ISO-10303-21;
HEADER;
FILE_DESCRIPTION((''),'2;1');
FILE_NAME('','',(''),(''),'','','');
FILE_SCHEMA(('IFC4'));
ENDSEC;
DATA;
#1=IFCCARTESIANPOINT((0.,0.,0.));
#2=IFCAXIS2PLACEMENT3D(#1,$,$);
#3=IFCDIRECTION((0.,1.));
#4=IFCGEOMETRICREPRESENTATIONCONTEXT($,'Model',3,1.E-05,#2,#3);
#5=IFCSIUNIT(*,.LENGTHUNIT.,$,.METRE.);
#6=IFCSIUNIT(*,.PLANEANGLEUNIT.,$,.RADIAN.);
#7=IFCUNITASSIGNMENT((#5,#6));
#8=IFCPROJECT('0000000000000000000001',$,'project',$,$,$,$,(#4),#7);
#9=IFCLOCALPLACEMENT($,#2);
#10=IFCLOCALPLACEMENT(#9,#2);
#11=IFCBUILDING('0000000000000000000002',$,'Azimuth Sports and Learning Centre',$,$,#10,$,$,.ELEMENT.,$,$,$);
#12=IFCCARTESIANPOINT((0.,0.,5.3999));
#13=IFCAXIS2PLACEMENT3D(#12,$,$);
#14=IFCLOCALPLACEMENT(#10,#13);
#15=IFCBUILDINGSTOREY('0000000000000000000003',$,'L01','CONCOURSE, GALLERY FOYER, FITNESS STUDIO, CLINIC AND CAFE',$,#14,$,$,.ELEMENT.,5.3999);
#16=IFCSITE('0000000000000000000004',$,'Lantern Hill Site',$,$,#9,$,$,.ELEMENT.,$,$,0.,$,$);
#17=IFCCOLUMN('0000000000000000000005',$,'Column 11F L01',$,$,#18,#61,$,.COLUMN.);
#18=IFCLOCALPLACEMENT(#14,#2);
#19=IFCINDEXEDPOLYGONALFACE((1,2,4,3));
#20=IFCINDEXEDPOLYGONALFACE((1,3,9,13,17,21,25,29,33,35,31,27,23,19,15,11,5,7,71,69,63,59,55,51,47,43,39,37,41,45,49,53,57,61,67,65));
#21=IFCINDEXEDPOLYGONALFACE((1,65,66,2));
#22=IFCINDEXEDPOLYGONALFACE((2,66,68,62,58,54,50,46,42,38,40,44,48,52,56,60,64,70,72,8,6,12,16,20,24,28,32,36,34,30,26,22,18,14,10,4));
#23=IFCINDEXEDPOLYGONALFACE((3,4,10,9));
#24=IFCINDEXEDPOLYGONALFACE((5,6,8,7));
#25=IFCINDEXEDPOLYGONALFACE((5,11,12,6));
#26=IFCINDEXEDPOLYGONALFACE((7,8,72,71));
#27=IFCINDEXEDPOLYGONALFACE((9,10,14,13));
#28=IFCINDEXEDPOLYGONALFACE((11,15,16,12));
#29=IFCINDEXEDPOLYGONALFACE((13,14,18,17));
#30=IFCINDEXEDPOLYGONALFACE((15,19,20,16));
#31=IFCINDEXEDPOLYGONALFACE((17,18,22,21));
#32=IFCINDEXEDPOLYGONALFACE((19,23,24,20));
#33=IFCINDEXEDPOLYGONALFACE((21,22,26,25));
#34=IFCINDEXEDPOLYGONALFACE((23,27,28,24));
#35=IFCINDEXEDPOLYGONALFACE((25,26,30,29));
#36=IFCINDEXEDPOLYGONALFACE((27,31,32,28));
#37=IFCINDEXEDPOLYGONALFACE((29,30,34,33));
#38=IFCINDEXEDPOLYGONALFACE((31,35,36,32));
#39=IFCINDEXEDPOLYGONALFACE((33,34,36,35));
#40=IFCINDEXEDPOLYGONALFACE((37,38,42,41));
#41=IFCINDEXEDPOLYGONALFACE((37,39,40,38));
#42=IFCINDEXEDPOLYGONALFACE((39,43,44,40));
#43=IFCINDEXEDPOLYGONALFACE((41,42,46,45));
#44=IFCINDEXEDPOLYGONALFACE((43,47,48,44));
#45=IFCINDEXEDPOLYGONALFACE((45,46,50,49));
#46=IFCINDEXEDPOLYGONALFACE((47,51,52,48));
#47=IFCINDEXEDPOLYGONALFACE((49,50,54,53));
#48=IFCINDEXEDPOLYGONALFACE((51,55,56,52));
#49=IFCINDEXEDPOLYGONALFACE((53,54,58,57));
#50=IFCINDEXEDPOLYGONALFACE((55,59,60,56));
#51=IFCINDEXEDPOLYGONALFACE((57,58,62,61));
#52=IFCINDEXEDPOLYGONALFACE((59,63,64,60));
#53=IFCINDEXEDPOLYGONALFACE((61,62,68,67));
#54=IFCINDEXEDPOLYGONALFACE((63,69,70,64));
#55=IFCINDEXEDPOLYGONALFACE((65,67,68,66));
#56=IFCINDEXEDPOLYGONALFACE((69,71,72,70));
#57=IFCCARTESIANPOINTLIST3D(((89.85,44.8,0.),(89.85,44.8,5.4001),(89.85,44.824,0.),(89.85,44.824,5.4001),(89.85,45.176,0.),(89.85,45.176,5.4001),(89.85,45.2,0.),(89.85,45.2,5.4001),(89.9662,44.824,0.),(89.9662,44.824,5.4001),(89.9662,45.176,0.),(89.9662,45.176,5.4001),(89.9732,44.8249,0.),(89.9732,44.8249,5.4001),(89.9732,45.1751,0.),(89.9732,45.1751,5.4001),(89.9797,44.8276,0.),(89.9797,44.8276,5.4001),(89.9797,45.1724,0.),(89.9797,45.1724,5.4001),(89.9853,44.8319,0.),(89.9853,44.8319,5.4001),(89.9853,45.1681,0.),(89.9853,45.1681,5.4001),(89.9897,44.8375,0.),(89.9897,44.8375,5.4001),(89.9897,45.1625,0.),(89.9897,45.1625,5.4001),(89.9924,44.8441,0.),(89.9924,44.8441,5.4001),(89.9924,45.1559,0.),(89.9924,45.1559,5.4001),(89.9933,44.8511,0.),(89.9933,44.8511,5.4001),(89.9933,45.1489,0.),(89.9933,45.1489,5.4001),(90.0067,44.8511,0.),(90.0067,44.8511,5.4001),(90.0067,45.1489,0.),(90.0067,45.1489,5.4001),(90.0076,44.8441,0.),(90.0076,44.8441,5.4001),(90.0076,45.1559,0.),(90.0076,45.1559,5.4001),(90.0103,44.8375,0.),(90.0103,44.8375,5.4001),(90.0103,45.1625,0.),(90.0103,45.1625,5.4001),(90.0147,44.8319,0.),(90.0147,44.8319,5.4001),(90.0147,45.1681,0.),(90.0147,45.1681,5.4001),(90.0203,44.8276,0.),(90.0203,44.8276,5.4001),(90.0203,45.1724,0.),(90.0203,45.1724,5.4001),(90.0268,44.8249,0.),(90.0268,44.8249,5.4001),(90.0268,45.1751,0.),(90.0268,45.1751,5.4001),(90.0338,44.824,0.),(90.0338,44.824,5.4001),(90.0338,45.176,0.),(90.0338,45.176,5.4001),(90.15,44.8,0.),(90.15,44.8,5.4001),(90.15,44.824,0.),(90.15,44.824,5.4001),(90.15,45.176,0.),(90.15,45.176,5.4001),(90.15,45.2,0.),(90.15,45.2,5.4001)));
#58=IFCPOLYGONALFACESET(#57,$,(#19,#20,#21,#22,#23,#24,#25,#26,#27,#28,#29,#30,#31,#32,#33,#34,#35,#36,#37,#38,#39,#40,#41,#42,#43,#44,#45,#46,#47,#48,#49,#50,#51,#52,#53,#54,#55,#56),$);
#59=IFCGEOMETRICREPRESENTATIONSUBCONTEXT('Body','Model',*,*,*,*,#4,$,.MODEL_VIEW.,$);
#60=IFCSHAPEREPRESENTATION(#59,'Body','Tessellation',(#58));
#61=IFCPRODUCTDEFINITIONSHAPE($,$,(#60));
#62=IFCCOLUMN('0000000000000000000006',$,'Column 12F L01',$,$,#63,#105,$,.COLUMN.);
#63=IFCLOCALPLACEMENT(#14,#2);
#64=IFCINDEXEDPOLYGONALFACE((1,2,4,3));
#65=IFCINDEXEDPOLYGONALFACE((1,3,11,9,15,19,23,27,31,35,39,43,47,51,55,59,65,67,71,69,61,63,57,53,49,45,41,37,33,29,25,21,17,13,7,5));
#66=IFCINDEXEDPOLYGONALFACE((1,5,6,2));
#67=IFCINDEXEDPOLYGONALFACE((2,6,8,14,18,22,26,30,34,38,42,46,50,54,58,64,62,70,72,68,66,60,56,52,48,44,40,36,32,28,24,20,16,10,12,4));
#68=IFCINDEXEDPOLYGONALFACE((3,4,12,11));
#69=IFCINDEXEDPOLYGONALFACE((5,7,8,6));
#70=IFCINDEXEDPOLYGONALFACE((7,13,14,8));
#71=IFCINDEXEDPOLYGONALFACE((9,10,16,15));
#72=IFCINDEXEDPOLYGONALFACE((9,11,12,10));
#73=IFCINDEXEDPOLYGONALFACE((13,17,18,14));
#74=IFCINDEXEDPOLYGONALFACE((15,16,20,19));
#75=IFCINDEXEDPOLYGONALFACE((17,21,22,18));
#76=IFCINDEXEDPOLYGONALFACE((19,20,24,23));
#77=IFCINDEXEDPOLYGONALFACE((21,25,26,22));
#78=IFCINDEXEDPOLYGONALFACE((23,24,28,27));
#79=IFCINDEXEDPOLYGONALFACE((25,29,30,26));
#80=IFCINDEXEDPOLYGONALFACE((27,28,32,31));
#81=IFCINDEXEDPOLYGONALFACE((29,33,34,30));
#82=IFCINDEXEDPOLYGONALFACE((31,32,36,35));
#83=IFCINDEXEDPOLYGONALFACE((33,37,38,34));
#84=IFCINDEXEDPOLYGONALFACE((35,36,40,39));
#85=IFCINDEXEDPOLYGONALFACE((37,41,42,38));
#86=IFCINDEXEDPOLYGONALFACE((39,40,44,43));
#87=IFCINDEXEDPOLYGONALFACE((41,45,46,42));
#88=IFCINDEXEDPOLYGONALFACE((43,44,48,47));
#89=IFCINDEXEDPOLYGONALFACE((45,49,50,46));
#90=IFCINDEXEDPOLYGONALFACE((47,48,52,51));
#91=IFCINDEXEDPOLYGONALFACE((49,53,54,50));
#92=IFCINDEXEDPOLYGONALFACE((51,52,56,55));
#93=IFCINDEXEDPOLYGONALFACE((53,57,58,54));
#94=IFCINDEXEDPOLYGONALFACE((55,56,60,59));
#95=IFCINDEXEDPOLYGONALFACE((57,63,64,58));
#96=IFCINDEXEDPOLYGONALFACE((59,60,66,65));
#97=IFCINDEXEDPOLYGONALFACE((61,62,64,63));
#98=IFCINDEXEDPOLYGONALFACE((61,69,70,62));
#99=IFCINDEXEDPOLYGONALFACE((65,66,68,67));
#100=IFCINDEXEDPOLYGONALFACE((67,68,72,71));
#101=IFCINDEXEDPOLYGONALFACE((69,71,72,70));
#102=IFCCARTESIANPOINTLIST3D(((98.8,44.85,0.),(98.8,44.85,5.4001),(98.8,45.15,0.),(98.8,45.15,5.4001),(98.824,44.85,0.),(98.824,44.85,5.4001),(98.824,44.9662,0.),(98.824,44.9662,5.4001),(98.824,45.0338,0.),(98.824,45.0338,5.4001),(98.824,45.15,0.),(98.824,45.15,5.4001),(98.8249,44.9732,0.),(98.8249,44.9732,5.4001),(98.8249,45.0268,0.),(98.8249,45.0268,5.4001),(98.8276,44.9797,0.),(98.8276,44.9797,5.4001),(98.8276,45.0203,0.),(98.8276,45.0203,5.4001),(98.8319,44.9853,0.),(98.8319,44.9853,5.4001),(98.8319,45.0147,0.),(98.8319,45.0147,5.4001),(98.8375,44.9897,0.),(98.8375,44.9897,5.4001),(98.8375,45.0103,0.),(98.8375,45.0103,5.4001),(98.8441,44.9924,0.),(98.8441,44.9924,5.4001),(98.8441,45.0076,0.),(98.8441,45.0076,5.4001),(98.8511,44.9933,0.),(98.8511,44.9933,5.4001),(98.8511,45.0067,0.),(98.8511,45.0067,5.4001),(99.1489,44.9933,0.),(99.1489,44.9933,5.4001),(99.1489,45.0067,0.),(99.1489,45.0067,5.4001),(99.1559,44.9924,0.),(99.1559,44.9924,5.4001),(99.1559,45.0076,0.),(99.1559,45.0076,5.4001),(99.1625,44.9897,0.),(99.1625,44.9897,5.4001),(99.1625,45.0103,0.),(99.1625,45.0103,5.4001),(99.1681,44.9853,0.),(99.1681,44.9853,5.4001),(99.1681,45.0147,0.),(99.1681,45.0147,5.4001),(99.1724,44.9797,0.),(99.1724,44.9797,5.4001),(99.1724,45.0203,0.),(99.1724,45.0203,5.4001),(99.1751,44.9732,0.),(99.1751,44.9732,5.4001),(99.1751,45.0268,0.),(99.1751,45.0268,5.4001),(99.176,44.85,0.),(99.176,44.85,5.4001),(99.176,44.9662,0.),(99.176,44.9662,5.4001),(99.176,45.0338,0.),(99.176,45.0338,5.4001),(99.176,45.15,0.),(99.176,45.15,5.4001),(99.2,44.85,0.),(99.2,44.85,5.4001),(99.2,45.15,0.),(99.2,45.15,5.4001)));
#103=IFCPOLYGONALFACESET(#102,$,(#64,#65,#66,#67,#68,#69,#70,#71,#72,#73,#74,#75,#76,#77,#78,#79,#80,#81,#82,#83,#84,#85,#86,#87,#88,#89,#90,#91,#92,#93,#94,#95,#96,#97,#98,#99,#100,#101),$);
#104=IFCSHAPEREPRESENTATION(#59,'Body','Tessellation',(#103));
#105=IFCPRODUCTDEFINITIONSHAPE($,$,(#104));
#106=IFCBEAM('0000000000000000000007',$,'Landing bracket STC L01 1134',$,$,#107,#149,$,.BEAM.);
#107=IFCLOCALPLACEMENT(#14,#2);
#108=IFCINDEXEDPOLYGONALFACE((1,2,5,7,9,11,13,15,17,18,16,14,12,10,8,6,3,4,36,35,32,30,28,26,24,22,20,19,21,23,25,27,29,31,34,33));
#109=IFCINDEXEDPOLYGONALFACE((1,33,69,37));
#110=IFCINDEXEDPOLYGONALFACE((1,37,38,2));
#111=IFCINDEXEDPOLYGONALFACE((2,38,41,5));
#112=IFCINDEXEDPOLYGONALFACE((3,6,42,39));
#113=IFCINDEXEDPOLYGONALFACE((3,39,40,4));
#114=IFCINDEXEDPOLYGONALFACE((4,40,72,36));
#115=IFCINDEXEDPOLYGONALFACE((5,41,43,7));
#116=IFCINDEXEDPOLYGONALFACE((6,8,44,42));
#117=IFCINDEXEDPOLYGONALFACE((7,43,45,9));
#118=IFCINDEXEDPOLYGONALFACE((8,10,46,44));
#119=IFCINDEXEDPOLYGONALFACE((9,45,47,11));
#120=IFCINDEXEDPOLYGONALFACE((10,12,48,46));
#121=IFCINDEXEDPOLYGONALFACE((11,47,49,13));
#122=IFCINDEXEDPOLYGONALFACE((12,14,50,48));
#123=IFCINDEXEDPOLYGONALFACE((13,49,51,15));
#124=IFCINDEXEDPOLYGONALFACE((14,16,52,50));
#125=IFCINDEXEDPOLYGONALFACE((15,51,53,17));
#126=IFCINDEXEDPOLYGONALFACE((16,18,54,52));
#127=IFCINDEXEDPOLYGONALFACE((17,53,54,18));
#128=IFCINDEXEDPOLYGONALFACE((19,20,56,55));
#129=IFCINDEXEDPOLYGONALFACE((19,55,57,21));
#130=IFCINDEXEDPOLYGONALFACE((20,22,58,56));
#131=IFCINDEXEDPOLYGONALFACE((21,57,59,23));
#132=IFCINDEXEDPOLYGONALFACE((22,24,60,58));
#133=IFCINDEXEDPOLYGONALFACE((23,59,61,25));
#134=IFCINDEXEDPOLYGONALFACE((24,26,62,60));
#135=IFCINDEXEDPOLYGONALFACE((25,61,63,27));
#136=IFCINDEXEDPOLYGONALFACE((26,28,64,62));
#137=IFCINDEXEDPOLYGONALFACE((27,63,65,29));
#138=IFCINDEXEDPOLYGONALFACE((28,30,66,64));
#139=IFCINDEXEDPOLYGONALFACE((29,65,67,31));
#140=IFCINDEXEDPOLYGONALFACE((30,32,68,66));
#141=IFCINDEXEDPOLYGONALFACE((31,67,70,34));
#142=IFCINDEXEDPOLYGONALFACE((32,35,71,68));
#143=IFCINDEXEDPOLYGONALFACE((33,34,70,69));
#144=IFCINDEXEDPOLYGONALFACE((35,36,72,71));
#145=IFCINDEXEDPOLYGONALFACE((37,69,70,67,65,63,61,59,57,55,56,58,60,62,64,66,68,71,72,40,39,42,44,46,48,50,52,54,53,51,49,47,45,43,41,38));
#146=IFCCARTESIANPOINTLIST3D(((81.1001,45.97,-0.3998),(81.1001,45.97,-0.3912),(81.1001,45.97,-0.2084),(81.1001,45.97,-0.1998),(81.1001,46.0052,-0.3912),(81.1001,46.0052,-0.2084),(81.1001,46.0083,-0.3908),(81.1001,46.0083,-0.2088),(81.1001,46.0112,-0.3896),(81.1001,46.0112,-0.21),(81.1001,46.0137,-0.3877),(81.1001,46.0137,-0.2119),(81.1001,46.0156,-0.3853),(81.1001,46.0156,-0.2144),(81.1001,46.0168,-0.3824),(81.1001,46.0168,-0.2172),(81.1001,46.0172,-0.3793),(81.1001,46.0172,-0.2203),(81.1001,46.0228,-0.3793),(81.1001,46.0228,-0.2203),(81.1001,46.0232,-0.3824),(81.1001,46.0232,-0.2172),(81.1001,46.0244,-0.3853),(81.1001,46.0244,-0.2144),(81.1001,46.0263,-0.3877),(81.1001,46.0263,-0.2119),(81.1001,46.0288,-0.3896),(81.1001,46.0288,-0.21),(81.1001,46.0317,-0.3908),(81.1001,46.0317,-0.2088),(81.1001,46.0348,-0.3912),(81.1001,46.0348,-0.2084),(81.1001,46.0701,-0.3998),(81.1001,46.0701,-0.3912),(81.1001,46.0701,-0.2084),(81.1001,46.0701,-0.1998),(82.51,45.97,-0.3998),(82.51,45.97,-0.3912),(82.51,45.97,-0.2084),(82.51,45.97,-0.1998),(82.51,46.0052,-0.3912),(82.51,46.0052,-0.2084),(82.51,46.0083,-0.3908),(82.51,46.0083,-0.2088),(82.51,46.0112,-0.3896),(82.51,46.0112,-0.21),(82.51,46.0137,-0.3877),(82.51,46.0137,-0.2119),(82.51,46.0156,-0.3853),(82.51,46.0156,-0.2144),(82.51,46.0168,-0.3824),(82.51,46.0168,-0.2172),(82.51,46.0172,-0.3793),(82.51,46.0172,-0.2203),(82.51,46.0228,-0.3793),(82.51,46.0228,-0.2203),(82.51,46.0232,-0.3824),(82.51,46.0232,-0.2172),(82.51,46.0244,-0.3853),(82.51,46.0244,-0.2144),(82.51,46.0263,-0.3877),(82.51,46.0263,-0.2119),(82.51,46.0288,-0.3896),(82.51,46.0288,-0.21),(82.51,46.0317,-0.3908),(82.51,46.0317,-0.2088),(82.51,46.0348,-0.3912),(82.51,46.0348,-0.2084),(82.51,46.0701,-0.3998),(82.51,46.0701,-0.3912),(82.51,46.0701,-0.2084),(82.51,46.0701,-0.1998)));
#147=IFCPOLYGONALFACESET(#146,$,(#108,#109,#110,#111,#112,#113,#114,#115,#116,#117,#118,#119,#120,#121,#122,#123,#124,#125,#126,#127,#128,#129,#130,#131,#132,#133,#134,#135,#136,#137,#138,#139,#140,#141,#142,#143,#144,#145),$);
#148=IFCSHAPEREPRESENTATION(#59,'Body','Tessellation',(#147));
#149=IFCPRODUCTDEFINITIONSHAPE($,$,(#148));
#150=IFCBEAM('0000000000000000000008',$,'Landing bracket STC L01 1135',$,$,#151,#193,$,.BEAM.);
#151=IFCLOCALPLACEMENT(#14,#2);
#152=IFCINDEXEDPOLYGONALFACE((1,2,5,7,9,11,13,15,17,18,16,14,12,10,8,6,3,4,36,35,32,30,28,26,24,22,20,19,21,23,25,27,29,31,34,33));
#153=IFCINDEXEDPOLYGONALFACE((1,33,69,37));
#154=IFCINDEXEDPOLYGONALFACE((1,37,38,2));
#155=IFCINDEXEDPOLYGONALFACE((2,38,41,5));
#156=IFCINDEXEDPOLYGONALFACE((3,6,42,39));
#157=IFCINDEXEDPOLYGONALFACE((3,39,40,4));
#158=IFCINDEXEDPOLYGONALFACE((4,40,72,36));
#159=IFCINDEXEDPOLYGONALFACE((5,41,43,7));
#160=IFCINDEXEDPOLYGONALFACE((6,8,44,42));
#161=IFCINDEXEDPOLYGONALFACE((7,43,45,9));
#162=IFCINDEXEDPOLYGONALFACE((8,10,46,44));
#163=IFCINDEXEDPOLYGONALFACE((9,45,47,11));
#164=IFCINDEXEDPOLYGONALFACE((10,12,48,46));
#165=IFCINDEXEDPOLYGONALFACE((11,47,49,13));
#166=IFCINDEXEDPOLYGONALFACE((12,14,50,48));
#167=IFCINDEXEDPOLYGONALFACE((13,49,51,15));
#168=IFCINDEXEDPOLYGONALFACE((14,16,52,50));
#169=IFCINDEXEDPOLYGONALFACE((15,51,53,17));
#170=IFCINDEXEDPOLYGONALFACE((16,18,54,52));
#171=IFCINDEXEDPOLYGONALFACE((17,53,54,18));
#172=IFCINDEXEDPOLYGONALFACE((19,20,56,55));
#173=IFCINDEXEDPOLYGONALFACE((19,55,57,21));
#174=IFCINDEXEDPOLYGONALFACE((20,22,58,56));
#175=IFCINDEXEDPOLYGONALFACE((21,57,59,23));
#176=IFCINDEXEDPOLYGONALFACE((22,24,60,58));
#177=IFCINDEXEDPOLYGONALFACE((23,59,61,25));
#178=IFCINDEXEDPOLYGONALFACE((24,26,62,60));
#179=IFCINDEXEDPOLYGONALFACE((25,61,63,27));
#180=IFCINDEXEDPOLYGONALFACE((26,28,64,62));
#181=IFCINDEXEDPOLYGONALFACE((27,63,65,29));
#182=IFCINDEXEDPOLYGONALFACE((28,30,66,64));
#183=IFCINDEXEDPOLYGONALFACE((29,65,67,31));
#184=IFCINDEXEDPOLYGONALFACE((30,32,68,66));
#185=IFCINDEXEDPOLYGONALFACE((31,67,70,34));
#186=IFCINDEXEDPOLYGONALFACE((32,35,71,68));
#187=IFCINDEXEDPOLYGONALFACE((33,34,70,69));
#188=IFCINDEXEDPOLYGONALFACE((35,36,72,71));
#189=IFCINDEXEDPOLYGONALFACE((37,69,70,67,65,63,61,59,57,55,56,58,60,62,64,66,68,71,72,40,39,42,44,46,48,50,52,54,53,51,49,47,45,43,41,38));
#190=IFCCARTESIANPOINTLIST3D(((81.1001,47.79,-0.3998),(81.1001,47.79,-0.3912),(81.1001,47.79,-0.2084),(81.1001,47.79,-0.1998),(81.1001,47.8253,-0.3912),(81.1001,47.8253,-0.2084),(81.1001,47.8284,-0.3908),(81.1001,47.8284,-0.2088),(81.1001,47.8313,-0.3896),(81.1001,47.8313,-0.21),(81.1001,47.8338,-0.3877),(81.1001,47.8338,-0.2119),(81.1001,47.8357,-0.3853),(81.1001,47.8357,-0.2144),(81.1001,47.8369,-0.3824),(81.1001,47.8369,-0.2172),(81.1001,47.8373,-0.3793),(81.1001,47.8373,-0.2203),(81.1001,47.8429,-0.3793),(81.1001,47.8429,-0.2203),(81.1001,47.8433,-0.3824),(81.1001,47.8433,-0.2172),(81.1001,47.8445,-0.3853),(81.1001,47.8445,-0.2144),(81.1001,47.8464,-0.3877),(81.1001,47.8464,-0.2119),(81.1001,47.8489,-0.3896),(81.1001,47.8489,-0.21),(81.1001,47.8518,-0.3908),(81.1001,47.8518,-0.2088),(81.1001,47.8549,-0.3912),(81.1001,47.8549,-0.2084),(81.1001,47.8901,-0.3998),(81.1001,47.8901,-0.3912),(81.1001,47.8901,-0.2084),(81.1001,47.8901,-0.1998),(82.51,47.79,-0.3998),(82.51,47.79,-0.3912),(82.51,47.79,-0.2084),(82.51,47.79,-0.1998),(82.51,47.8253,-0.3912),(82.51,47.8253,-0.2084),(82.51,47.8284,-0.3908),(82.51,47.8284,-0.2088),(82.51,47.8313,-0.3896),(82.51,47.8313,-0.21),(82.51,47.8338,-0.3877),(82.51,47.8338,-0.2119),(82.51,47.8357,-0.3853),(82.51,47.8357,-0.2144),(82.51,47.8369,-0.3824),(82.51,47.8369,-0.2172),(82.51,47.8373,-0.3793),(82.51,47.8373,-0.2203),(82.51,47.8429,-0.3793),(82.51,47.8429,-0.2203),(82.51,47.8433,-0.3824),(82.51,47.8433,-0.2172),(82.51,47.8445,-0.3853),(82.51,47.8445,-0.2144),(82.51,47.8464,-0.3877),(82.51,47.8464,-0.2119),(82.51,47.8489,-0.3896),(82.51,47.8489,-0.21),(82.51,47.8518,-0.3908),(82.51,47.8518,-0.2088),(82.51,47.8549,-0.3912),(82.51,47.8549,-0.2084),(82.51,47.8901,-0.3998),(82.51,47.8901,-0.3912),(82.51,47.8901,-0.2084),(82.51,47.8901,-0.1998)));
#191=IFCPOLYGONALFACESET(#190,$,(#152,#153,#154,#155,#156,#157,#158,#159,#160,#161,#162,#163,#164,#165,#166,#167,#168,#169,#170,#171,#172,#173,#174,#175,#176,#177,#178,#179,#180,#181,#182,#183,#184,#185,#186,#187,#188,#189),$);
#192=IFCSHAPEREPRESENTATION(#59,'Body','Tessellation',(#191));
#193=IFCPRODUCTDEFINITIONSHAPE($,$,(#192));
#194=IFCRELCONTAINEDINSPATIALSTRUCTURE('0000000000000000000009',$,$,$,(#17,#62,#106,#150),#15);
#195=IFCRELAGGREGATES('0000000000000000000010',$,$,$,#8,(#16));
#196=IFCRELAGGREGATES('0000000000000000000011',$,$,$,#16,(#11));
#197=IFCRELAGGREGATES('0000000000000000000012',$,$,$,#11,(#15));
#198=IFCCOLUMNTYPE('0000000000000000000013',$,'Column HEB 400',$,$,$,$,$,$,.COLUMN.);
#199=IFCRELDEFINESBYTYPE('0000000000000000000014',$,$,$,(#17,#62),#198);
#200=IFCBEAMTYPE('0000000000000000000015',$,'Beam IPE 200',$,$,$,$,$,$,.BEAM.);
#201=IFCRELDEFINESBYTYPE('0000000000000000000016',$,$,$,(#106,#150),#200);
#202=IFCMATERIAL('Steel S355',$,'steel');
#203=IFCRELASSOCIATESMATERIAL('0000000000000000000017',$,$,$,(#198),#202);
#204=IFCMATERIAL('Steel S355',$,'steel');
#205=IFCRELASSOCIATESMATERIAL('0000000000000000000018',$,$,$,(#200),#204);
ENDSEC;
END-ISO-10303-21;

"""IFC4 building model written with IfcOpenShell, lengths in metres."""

from ifc_helpers import new_model, si_unit, direction, frame, origin, origin_2d, place, context, subcontext, project, spatial, i_section, extrude, material, material_profile, profile_set, type_object, element, save


model = new_model("IFC4")

# Units and contexts
model_context = context("Model", 3, precision=1e-05, world=origin(), true_north=direction((0.0, 1.0)))
body_context = subcontext(model_context, "Body", "Model", "MODEL_VIEW")
ifc_project = project(units=[si_unit("LENGTHUNIT", "METRE"), si_unit("PLANEANGLEUNIT", "RADIAN")], contexts=[model_context])

# Site, building, storey
site_placement = place(None, origin())
site = spatial("IfcSite", under=ifc_project, at=site_placement, Name="Lantern Hill Site", CompositionType="ELEMENT", RefElevation=0.0)
building_placement = place(site_placement, origin())
building = spatial("IfcBuilding", under=site, at=building_placement, Name="Azimuth Sports and Learning Centre", CompositionType="ELEMENT")
storey_placement = place(building_placement, frame((0.0, 0.0, 5.3999)))
storey = spatial("IfcBuildingStorey", under=building, at=storey_placement, Name="L01", Description="CONCOURSE, GALLERY FOYER, FITNESS STUDIO, CLINIC AND CAFE", CompositionType="ELEMENT", Elevation=5.3999)

# Columns
ifc_material_1 = material(Name="Steel S355", Category="steel")
ifc_material_profile_1 = material_profile(ifc_material_1, i_section(OverallWidth=0.3, OverallDepth=0.3999, WebThickness=0.0134, FlangeThickness=0.0239, FilletRadius=0.0271, at=origin_2d()), Name="HEB 400")
ifc_profile_set_1 = profile_set([ifc_material_profile_1], Name="Steel S355")
column_type = type_object("IfcColumnType", Name="Column HEB 400", PredefinedType="COLUMN", material=ifc_profile_set_1)
for number, where, z_axis, x_axis, name in (
    (1, (90.0, 45.0, 0.0), (0.0, 0.0, 1.0), (1.0, 0.0, 0.0), "Column 11F L01"),
    (2, (99.0, 45.0, 0.0), (0.0, 0.0, 1.0), (0.0, 1.0, 0.0), "Column 12F L01"),
):
    element("IfcColumn", number, at=place(storey_placement, frame(where, z_axis=z_axis, x_axis=x_axis)), inside=storey, type_object=column_type, Name=name, PredefinedType="COLUMN", context=body_context, shape_type="SweptSolid", body=[
        extrude(i_section(OverallWidth=0.3, OverallDepth=0.3999, WebThickness=0.0134, FlangeThickness=0.0239, FilletRadius=0.0271, at=origin_2d()), origin(), (0.0, 0.0, 1.0), 5.4001),
    ])

# Beams
ifc_material_2 = material(Name="Steel S355", Category="steel")
ifc_material_profile_2 = material_profile(ifc_material_2, i_section(OverallWidth=0.1001, OverallDepth=0.2, WebThickness=0.0056, FlangeThickness=0.0085, FilletRadius=0.012, at=origin_2d()), Name="IPE 200")
ifc_profile_set_2 = profile_set([ifc_material_profile_2], Name="Steel S355")
beam_type_1 = type_object("IfcBeamType", Name="Beam IPE 200", PredefinedType="BEAM", material=ifc_profile_set_2)
for number, where, z_axis, x_axis, name in (
    (3, (81.1001, 46.02, -0.2998), (1.0, 0.0, 0.0), (0.0, 1.0, 0.0), "Landing bracket STC L01 1134"),
    (4, (81.1001, 47.8401, -0.2998), (1.0, 0.0, 0.0), (0.0, 1.0, 0.0), "Landing bracket STC L01 1135"),
):
    element("IfcBeam", number, at=place(storey_placement, frame(where, z_axis=z_axis, x_axis=x_axis)), inside=storey, type_object=beam_type_1, Name=name, PredefinedType="BEAM", context=body_context, shape_type="SweptSolid", body=[
        extrude(i_section(OverallWidth=0.1001, OverallDepth=0.2, WebThickness=0.0056, FlangeThickness=0.0085, FilletRadius=0.012, at=origin_2d()), origin(), (0.0, 0.0, 1.0), 1.4099),
    ])

save(model, "model.ifc")
